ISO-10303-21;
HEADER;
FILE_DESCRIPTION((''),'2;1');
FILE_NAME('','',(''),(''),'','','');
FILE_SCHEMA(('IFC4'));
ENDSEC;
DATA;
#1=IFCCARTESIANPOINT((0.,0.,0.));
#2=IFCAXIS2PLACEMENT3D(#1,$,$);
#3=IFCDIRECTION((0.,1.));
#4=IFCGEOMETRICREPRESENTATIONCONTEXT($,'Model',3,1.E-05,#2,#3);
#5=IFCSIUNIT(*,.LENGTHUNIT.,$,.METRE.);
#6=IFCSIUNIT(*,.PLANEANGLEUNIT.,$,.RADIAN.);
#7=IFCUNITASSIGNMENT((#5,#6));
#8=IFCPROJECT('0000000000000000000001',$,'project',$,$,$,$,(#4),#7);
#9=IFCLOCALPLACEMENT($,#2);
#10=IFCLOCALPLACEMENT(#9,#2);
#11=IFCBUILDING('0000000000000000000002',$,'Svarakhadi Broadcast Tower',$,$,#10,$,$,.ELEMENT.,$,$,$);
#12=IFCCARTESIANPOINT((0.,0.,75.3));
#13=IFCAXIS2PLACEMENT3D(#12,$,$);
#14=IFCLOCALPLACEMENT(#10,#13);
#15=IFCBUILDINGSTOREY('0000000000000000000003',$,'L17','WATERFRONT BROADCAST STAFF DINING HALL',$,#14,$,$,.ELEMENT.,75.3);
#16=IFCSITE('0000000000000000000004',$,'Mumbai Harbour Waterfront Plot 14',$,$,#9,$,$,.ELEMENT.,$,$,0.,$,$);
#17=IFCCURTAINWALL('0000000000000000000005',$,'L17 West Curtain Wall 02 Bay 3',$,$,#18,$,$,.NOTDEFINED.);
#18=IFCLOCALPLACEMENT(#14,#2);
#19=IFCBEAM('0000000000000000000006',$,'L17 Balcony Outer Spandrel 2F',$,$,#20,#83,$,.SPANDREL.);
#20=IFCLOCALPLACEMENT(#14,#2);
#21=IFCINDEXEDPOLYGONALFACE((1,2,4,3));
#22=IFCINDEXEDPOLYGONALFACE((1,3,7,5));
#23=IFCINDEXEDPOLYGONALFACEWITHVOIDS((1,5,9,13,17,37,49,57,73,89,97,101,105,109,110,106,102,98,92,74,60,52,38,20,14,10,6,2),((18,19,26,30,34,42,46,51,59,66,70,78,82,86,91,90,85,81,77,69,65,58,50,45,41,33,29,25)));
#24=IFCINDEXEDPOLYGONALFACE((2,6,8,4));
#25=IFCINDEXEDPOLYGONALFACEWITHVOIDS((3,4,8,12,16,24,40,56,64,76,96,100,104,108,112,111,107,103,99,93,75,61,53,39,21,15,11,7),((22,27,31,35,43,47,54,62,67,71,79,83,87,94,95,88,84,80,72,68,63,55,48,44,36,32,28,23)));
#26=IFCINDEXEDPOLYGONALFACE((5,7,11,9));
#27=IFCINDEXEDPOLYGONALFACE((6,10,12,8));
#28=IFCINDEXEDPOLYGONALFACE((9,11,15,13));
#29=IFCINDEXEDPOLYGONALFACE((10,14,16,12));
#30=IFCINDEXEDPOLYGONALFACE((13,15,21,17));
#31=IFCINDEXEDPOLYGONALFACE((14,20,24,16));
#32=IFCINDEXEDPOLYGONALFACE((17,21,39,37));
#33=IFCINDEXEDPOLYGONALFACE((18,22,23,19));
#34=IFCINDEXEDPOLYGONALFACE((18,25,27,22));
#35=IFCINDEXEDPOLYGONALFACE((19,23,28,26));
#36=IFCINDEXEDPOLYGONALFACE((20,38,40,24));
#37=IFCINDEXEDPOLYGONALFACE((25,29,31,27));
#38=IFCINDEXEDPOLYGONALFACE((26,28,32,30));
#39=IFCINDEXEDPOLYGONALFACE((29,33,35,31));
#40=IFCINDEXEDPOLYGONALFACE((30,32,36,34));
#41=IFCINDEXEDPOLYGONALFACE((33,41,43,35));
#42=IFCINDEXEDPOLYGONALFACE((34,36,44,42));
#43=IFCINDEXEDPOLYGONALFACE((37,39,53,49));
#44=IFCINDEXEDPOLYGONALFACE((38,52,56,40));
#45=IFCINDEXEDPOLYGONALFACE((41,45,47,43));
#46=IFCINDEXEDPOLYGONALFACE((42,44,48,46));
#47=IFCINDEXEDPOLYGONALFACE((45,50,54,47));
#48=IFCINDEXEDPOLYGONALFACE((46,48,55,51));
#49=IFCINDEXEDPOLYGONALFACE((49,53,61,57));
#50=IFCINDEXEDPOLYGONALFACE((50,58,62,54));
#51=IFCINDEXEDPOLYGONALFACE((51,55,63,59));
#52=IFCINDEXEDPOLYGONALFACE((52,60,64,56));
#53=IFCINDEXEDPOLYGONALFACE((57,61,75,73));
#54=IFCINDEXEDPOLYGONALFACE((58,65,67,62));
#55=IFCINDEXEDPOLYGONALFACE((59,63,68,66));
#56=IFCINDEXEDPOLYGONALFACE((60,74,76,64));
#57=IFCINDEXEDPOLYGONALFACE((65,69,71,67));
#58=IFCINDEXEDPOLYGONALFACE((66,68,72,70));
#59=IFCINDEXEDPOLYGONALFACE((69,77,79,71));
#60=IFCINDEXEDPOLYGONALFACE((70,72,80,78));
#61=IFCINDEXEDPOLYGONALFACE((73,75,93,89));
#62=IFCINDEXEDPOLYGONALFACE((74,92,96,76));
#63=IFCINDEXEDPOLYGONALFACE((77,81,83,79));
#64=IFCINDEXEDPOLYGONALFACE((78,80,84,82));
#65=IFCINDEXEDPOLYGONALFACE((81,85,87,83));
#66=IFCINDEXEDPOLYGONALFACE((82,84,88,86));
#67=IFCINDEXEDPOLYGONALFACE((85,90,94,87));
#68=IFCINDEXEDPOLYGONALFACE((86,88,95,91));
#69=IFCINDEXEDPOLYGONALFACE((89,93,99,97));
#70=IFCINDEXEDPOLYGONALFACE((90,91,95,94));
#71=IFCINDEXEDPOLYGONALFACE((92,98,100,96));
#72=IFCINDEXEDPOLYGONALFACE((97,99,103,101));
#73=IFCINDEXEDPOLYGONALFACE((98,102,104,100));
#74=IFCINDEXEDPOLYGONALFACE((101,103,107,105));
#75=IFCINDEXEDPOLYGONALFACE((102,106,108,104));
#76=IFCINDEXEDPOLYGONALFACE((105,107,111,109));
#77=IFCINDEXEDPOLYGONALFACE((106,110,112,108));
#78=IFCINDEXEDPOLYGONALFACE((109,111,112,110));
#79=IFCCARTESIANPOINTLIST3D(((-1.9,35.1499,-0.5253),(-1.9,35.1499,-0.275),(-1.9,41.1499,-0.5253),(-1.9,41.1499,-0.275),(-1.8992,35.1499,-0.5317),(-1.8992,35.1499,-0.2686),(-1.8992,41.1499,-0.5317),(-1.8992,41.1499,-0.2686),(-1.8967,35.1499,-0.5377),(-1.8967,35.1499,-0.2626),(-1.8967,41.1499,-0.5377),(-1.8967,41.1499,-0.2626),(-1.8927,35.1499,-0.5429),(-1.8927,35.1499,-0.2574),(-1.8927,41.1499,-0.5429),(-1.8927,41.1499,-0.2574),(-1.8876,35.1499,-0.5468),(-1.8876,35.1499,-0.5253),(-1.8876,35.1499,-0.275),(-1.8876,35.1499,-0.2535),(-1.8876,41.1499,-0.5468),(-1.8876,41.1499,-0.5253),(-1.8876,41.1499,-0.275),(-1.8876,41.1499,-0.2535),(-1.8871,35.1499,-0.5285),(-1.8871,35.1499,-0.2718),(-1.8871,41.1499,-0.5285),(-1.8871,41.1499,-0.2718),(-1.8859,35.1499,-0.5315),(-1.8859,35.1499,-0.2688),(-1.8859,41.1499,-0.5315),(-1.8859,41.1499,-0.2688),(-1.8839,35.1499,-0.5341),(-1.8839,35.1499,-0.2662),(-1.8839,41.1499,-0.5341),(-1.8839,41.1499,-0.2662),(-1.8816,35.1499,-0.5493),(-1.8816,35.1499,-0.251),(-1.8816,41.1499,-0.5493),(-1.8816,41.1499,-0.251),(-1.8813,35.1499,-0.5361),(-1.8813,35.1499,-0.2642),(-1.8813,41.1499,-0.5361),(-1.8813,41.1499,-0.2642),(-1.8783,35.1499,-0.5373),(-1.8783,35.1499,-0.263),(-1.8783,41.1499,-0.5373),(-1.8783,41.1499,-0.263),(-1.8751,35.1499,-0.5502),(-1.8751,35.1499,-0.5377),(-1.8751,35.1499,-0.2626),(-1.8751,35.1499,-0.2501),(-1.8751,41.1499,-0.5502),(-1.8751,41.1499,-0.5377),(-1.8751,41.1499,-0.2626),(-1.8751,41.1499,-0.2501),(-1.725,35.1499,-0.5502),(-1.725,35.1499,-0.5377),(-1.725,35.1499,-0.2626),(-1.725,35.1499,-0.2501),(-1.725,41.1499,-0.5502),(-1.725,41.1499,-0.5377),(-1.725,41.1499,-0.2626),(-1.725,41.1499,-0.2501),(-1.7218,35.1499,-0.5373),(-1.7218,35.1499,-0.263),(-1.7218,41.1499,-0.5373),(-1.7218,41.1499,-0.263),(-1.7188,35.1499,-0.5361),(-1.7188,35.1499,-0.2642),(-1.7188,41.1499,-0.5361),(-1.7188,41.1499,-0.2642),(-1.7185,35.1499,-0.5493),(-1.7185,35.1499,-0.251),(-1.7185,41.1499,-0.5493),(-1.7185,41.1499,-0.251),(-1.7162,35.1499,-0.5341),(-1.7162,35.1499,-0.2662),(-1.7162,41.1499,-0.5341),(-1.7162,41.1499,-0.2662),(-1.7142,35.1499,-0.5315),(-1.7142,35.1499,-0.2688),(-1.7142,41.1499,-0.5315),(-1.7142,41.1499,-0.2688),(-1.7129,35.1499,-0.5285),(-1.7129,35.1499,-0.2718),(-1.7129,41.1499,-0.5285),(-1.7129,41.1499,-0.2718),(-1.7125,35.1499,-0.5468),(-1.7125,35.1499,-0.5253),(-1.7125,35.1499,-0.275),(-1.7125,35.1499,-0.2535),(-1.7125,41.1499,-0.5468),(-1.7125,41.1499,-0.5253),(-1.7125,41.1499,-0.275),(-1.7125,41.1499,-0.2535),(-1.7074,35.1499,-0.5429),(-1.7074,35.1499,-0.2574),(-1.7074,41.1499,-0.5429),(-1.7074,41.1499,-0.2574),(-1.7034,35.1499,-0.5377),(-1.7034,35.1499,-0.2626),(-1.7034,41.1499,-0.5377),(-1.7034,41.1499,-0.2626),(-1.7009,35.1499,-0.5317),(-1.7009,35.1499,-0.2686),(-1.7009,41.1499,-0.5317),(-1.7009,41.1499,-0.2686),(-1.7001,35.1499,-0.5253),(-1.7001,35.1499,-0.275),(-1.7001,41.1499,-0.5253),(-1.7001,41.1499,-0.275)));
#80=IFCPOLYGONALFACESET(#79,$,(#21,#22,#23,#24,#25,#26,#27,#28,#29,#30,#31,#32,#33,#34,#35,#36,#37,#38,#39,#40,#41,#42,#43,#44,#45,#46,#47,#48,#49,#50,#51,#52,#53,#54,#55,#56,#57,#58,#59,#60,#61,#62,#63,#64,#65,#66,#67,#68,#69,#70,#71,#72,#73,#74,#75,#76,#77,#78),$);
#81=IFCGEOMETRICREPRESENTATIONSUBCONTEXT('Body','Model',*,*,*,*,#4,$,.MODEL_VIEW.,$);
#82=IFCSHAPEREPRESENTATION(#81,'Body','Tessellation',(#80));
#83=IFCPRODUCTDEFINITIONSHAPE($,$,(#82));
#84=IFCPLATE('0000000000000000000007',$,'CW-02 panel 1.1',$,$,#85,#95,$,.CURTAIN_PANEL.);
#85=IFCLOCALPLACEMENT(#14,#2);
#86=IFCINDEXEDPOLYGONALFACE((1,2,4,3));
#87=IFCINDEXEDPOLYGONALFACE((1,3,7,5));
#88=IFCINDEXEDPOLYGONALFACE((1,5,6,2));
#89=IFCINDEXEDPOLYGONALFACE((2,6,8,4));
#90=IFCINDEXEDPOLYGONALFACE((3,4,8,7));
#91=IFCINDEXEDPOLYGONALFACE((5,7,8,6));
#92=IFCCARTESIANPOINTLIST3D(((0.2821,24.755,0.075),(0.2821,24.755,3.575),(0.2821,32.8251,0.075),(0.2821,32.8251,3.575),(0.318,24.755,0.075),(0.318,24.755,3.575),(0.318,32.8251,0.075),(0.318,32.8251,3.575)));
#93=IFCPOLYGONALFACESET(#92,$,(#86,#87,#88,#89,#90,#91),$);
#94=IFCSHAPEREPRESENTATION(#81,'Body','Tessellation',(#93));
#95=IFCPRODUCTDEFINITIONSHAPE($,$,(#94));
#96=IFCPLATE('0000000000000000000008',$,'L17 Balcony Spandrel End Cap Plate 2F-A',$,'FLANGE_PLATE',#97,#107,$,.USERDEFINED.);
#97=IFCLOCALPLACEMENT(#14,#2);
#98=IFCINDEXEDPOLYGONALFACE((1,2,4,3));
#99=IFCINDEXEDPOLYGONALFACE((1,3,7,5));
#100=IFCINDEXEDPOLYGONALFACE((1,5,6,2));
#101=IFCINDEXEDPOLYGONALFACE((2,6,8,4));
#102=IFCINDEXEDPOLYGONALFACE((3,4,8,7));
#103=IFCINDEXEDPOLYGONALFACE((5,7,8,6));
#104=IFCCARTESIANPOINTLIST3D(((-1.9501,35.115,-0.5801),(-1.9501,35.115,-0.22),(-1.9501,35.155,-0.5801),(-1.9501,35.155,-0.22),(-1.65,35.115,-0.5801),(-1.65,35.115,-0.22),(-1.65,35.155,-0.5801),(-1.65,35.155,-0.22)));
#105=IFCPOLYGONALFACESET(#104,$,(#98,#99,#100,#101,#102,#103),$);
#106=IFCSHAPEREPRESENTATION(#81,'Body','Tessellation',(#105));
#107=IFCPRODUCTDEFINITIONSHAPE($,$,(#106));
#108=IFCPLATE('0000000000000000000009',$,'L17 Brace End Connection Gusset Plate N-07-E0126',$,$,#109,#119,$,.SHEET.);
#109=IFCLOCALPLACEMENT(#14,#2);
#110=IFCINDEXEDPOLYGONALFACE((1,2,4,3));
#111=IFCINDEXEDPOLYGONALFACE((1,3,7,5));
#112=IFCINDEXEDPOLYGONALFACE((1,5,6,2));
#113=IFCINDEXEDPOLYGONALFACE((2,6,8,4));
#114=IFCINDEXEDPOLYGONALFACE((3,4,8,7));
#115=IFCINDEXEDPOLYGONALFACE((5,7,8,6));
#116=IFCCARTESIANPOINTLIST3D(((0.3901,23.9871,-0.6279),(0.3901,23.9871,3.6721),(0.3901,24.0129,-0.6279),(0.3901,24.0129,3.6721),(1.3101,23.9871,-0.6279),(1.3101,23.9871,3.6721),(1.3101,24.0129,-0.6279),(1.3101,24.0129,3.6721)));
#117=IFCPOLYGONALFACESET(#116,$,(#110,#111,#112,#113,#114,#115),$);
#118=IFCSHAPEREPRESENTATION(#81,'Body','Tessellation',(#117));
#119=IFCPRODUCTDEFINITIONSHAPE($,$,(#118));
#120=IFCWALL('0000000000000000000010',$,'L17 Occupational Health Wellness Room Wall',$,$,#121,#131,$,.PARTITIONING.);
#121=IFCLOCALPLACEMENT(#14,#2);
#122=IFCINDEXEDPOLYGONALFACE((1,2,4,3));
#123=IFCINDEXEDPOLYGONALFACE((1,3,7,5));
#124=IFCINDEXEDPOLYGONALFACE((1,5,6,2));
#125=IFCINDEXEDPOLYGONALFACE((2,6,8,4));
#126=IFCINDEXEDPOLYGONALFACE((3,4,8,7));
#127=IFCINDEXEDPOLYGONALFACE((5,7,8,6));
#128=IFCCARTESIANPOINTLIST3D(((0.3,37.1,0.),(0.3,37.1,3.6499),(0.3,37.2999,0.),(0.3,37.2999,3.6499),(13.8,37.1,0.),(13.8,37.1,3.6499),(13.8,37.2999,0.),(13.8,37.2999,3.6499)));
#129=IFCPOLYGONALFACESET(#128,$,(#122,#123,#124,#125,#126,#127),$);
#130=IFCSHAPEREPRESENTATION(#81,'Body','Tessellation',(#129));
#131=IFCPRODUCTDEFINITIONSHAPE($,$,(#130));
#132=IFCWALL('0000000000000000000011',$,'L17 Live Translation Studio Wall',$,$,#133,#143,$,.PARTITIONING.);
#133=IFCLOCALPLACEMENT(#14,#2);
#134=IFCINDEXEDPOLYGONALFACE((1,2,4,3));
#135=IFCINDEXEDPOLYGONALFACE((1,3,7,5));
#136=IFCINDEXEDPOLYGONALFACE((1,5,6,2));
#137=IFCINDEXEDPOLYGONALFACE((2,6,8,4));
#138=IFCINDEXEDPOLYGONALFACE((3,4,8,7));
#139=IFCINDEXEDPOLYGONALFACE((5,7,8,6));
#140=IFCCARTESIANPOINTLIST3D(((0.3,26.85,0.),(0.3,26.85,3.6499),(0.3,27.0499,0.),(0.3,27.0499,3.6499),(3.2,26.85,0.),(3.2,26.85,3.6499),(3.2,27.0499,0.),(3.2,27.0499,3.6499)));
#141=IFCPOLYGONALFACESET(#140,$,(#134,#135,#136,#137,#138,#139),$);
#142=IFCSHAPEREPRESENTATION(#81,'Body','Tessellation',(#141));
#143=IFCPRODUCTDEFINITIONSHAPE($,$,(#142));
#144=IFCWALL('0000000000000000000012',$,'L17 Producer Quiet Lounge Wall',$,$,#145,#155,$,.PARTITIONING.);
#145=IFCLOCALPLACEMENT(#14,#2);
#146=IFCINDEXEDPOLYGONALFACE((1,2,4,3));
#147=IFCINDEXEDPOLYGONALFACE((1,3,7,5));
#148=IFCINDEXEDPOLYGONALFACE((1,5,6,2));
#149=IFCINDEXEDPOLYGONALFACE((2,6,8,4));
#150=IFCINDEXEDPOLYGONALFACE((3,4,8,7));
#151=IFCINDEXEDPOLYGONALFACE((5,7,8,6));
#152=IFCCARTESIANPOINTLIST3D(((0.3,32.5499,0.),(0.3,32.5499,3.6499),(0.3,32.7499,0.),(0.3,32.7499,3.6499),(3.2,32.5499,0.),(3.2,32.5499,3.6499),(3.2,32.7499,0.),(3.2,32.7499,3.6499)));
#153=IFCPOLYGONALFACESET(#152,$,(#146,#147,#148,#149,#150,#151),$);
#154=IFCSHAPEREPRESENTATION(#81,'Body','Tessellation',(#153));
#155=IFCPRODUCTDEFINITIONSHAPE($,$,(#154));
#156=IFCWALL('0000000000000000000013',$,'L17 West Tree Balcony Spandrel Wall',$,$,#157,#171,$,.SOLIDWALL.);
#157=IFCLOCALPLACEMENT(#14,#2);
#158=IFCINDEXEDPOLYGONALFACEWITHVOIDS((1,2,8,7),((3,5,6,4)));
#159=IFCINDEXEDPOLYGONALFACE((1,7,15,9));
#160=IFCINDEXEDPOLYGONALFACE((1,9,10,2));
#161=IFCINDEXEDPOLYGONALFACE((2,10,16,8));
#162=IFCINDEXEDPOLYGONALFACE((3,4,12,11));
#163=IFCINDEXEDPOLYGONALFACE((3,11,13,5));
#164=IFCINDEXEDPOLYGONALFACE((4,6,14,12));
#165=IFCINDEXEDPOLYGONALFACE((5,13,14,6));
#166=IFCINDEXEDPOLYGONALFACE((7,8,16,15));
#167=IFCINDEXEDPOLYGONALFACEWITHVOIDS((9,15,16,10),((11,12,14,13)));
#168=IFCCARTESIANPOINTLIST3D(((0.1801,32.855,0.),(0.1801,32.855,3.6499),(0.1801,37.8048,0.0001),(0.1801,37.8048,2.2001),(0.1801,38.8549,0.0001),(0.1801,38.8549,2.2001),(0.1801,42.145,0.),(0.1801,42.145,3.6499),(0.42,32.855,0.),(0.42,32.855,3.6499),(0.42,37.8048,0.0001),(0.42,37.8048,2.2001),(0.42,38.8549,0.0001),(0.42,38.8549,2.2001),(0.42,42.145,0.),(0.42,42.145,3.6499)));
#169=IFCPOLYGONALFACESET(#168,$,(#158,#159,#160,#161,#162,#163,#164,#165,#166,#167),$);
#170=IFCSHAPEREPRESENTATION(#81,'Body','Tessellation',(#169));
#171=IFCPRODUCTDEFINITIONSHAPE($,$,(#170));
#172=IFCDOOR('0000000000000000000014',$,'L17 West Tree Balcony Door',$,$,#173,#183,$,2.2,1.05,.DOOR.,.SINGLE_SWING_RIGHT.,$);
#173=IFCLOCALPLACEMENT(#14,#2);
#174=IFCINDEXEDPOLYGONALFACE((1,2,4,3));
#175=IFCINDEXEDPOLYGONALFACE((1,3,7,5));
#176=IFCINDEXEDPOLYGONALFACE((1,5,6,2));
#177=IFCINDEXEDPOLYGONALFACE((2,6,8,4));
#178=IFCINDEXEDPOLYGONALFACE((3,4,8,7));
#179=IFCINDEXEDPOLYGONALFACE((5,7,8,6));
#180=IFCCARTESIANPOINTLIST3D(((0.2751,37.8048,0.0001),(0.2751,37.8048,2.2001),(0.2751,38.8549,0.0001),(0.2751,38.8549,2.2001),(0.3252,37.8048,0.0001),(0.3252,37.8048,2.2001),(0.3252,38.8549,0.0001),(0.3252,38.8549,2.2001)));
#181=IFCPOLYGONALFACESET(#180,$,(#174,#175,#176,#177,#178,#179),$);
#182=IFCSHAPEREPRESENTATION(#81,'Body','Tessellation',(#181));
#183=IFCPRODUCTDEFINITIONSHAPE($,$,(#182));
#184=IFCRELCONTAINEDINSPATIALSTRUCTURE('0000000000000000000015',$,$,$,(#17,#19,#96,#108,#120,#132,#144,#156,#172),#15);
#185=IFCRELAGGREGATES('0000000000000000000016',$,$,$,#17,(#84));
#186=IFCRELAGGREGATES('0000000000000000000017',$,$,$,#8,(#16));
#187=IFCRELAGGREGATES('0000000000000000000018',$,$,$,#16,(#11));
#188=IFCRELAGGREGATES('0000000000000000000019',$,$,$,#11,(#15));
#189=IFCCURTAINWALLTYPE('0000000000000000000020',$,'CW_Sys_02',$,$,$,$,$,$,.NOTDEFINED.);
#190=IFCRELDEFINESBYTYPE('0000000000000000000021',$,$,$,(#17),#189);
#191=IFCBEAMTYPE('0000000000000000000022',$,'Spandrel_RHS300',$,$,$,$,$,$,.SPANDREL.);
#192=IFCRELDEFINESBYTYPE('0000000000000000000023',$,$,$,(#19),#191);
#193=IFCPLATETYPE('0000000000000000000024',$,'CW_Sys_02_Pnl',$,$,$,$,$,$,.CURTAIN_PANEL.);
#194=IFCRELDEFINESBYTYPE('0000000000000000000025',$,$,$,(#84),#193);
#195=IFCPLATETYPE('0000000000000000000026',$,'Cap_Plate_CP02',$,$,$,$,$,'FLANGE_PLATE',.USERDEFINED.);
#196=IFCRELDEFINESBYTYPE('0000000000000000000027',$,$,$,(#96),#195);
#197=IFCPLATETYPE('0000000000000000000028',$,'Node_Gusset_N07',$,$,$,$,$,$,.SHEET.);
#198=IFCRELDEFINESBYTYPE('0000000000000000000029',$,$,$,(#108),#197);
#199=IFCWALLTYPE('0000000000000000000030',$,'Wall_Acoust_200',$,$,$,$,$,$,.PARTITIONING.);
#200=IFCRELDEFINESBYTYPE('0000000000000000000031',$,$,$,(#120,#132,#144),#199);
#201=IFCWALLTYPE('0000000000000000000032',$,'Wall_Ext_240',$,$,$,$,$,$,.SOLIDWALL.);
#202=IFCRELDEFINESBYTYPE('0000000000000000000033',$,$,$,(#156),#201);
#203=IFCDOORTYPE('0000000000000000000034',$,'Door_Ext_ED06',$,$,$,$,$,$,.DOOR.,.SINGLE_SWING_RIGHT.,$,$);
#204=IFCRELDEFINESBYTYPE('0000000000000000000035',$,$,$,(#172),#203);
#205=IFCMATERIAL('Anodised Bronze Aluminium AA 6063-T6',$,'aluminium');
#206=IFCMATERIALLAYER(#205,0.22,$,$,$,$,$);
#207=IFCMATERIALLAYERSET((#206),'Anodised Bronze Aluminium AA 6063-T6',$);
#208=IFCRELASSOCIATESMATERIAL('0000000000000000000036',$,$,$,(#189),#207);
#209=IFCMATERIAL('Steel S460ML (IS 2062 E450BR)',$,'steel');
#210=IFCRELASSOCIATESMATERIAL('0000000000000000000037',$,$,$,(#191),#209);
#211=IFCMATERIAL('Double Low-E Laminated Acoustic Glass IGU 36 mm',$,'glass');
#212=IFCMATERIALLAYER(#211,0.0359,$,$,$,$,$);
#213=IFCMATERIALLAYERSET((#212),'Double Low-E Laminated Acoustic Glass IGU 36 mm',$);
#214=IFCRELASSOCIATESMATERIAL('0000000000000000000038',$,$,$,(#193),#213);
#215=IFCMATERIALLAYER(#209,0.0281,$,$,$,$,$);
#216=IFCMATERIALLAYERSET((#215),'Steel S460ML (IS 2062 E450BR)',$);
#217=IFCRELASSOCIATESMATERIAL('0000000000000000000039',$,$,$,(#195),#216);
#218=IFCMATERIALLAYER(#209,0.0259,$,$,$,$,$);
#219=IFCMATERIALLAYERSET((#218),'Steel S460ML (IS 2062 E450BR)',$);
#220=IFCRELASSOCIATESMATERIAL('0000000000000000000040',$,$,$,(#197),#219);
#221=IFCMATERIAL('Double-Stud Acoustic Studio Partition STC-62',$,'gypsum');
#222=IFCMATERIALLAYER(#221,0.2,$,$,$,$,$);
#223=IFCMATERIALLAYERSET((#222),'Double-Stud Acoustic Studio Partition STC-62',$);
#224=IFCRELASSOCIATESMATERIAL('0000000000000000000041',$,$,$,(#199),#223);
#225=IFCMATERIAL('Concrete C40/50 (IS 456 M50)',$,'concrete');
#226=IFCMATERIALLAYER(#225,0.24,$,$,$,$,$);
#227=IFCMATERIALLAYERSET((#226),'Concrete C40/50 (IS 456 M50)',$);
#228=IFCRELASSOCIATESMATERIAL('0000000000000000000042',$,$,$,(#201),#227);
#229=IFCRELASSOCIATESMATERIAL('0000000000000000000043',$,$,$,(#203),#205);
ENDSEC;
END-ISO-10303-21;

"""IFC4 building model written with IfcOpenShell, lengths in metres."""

from ifc_helpers import new_model, si_unit, direction, frame, frame_2d, origin, origin_2d, place, context, subcontext, project, spatial, rectangle, hollow_rectangle, extrude, material, layer, layer_set, material_profile, profile_set, type_object, element, fill, aggregate, save


model = new_model("IFC4")

# Units and contexts
model_context = context("Model", 3, precision=1e-05, world=origin(), true_north=direction((0.0, 1.0)))
body_context = subcontext(model_context, "Body", "Model", "MODEL_VIEW")
ifc_project = project(units=[si_unit("LENGTHUNIT", "METRE"), si_unit("PLANEANGLEUNIT", "RADIAN")], contexts=[model_context])

# Site, building, storey
site_placement = place(None, origin())
site = spatial("IfcSite", under=ifc_project, at=site_placement, Name="Mumbai Harbour Waterfront Plot 14", CompositionType="ELEMENT", RefElevation=0.0)
building_placement = place(site_placement, origin())
building = spatial("IfcBuilding", under=site, at=building_placement, Name="Svarakhadi Broadcast Tower", CompositionType="ELEMENT")
storey_placement = place(building_placement, frame((0.0, 0.0, 75.3)))
storey = spatial("IfcBuildingStorey", under=building, at=storey_placement, Name="L17", Description="WATERFRONT BROADCAST STAFF DINING HALL", CompositionType="ELEMENT", Elevation=75.3)

# Shared definitions
ifc_material_1 = material(Name="Steel S460ML (IS 2062 E450BR)", Category="steel")

# Curtain wall
ifc_material_2 = material(Name="Anodised Bronze Aluminium AA 6063-T6", Category="aluminium")
ifc_layer_1 = layer(ifc_material_2, 0.22)
ifc_layer_set_1 = layer_set([ifc_layer_1], Name="Anodised Bronze Aluminium AA 6063-T6")
curtain_wall_type = type_object("IfcCurtainWallType", Name="CW_Sys_02", PredefinedType="NOTDEFINED", material=ifc_layer_set_1)
curtain_wall_placement = place(storey_placement, origin())
curtain_wall = element("IfcCurtainWall", 1, at=curtain_wall_placement, inside=storey, type_object=curtain_wall_type, Name="L17 West Curtain Wall 02 Bay 3", PredefinedType="NOTDEFINED")

# Beam
ifc_material_profile_1 = material_profile(ifc_material_1, hollow_rectangle(XDim=0.2, YDim=0.3, WallThickness=0.0125, InnerFilletRadius=0.0125, OuterFilletRadius=0.0249, at=origin_2d()), Name="RHS 300x200x12.5")
ifc_profile_set_1 = profile_set([ifc_material_profile_1], Name="Steel S460ML (IS 2062 E450BR)")
beam_type_1 = type_object("IfcBeamType", Name="Spandrel_RHS300", PredefinedType="SPANDREL", material=ifc_profile_set_1)
beam_1_placement = place(storey_placement, frame((-1.8, 35.1499, -0.4001), z_axis=(0.0, 1.0, 0.0), x_axis=(-1.0, 0.0, 0.0)))
element("IfcBeam", 2, at=beam_1_placement, inside=storey, type_object=beam_type_1, Name="L17 Balcony Outer Spandrel 2F", PredefinedType="SPANDREL", context=body_context, shape_type="SweptSolid", body=[
    extrude(hollow_rectangle(XDim=0.2, YDim=0.3, WallThickness=0.0125, InnerFilletRadius=0.0125, OuterFilletRadius=0.0249, at=origin_2d()), origin(), (0.0, 0.0, 1.0), 6.0),
])

# Plate
ifc_material_3 = material(Name="Double Low-E Laminated Acoustic Glass IGU 36 mm", Category="glass")
ifc_layer_2 = layer(ifc_material_3, 0.0359)
ifc_layer_set_2 = layer_set([ifc_layer_2], Name="Double Low-E Laminated Acoustic Glass IGU 36 mm")
plate_type_1 = type_object("IfcPlateType", Name="CW_Sys_02_Pnl", PredefinedType="CURTAIN_PANEL", material=ifc_layer_set_2)
plate_1_placement = place(storey_placement, frame((0.3, 28.79, 0.075), z_axis=(0.0, 0.0, 1.0), x_axis=(0.0, 1.0, 0.0)))
plate_1 = element("IfcPlate", 3, at=plate_1_placement, type_object=plate_type_1, Name="CW-02 panel 1.1", PredefinedType="CURTAIN_PANEL", context=body_context, shape_type="SweptSolid", body=[
    extrude(rectangle(XDim=8.0701, YDim=0.0359, at=origin_2d()), origin(), (0.0, 0.0, 1.0), 3.5),
])
aggregate(curtain_wall, [plate_1])

# Plates
ifc_layer_3 = layer(ifc_material_1, 0.0281)
ifc_layer_set_3 = layer_set([ifc_layer_3], Name="Steel S460ML (IS 2062 E450BR)")
plate_type_2 = type_object("IfcPlateType", Name="Cap_Plate_CP02", ElementType="FLANGE_PLATE", PredefinedType="USERDEFINED", material=ifc_layer_set_3)
plate_2_placement = place(storey_placement, frame((-1.8, 35.135, -0.5801), z_axis=(0.0, 0.0, 1.0), x_axis=(1.0, 0.0, 0.0)))
element("IfcPlate", 4, at=plate_2_placement, inside=storey, type_object=plate_type_2, Name="L17 Balcony Spandrel End Cap Plate 2F-A", ObjectType="FLANGE_PLATE", PredefinedType="USERDEFINED", context=body_context, shape_type="SweptSolid", body=[
    extrude(rectangle(XDim=0.3, YDim=0.04, at=origin_2d()), origin(), (0.0, 0.0, 1.0), 0.3601),
])
ifc_layer_4 = layer(ifc_material_1, 0.0259)
ifc_layer_set_4 = layer_set([ifc_layer_4], Name="Steel S460ML (IS 2062 E450BR)")
plate_type_3 = type_object("IfcPlateType", Name="Node_Gusset_N07", PredefinedType="SHEET", material=ifc_layer_set_4)
plate_3_placement = place(storey_placement, frame((0.8501, 24.0, -0.6279), z_axis=(0.0, 0.0, 1.0), x_axis=(1.0, 0.0, 0.0)))
element("IfcPlate", 5, at=plate_3_placement, inside=storey, type_object=plate_type_3, Name="L17 Brace End Connection Gusset Plate N-07-E0126", PredefinedType="SHEET", context=body_context, shape_type="SweptSolid", body=[
    extrude(rectangle(XDim=0.9199, YDim=0.0259, at=origin_2d()), origin(), (0.0, 0.0, 1.0), 4.3),
])

# Walls
ifc_material_4 = material(Name="Double-Stud Acoustic Studio Partition STC-62", Category="gypsum")
ifc_layer_5 = layer(ifc_material_4, 0.2)
ifc_layer_set_5 = layer_set([ifc_layer_5], Name="Double-Stud Acoustic Studio Partition STC-62")
wall_type_1 = type_object("IfcWallType", Name="Wall_Acoust_200", PredefinedType="PARTITIONING", material=ifc_layer_set_5)
wall_1_placement = place(storey_placement, frame((0.3, 37.2, 0.0), z_axis=(0.0, 0.0, 1.0), x_axis=(1.0, 0.0, 0.0)))
element("IfcWall", 6, at=wall_1_placement, inside=storey, type_object=wall_type_1, Name="L17 Occupational Health Wellness Room Wall", PredefinedType="PARTITIONING", context=body_context, shape_type="SweptSolid", body=[
    extrude(rectangle(XDim=13.5, YDim=0.2, at=frame_2d((6.75, 0.0))), origin(), (0.0, 0.0, 1.0), 3.6499),
])
for number, where, z_axis, x_axis, name in (
    (7, (0.3, 26.95, 0.0), (0.0, 0.0, 1.0), (1.0, 0.0, 0.0), "L17 Live Translation Studio Wall"),
    (8, (0.3, 32.6499, 0.0), (0.0, 0.0, 1.0), (1.0, 0.0, 0.0), "L17 Producer Quiet Lounge Wall"),
):
    element("IfcWall", number, at=place(storey_placement, frame(where, z_axis=z_axis, x_axis=x_axis)), inside=storey, type_object=wall_type_1, Name=name, PredefinedType="PARTITIONING", context=body_context, shape_type="SweptSolid", body=[
        extrude(rectangle(XDim=2.8999, YDim=0.2, at=frame_2d((1.45, 0.0))), origin(), (0.0, 0.0, 1.0), 3.6499),
    ])

# Wall, opening, door
ifc_material_5 = material(Name="Concrete C40/50 (IS 456 M50)", Category="concrete")
ifc_layer_6 = layer(ifc_material_5, 0.24)
ifc_layer_set_6 = layer_set([ifc_layer_6], Name="Concrete C40/50 (IS 456 M50)")
wall_type_2 = type_object("IfcWallType", Name="Wall_Ext_240", PredefinedType="SOLIDWALL", material=ifc_layer_set_6)
wall_2_placement = place(storey_placement, frame((0.3, 32.855, 0.0), z_axis=(0.0, 0.0, 1.0), x_axis=(0.0, 1.0, 0.0)))
wall_2 = element("IfcWall", 9, at=wall_2_placement, inside=storey, type_object=wall_type_2, Name="L17 West Tree Balcony Spandrel Wall", PredefinedType="SOLIDWALL", context=body_context, shape_type="SweptSolid", body=[
    extrude(rectangle(XDim=9.29, YDim=0.24, at=frame_2d((4.645, 0.0))), origin(), (0.0, 0.0, 1.0), 3.6499),
])
opening_1_placement = place(wall_2_placement, frame((4.95, 0.0, 0.0)))
opening_1 = element("IfcOpeningElement", 10, at=opening_1_placement, cuts=wall_2, PredefinedType="OPENING", context=body_context, shape_type="SweptSolid", body=[
    extrude(rectangle(XDim=1.05, YDim=2.2, at=frame_2d((0.5249, 1.1001))), frame((0.0, 0.1299, 0.0), z_axis=(0.0, -1.0, 0.0), x_axis=(1.0, 0.0, 0.0)), (0.0, 0.0, 1.0), 0.26),
])
door_type_1 = type_object("IfcDoorType", Name="Door_Ext_ED06", OperationType="SINGLE_SWING_RIGHT", PredefinedType="DOOR", material=ifc_material_2)
door_1_placement = place(opening_1_placement, origin())
door_1 = element("IfcDoor", 11, at=door_1_placement, inside=storey, type_object=door_type_1, Name="L17 West Tree Balcony Door", OperationType="SINGLE_SWING_RIGHT", OverallHeight=2.2, OverallWidth=1.05, PredefinedType="DOOR", context=body_context, shape_type="SweptSolid", body=[
    extrude(rectangle(XDim=1.05, YDim=2.2, at=frame_2d((0.5249, 1.1001))), frame((0.0, 0.0249, 0.0), z_axis=(0.0, -1.0, 0.0), x_axis=(1.0, 0.0, 0.0)), (0.0, 0.0, 1.0), 0.05),
])
fill(opening_1, door_1)

save(model, "model.ifc")
